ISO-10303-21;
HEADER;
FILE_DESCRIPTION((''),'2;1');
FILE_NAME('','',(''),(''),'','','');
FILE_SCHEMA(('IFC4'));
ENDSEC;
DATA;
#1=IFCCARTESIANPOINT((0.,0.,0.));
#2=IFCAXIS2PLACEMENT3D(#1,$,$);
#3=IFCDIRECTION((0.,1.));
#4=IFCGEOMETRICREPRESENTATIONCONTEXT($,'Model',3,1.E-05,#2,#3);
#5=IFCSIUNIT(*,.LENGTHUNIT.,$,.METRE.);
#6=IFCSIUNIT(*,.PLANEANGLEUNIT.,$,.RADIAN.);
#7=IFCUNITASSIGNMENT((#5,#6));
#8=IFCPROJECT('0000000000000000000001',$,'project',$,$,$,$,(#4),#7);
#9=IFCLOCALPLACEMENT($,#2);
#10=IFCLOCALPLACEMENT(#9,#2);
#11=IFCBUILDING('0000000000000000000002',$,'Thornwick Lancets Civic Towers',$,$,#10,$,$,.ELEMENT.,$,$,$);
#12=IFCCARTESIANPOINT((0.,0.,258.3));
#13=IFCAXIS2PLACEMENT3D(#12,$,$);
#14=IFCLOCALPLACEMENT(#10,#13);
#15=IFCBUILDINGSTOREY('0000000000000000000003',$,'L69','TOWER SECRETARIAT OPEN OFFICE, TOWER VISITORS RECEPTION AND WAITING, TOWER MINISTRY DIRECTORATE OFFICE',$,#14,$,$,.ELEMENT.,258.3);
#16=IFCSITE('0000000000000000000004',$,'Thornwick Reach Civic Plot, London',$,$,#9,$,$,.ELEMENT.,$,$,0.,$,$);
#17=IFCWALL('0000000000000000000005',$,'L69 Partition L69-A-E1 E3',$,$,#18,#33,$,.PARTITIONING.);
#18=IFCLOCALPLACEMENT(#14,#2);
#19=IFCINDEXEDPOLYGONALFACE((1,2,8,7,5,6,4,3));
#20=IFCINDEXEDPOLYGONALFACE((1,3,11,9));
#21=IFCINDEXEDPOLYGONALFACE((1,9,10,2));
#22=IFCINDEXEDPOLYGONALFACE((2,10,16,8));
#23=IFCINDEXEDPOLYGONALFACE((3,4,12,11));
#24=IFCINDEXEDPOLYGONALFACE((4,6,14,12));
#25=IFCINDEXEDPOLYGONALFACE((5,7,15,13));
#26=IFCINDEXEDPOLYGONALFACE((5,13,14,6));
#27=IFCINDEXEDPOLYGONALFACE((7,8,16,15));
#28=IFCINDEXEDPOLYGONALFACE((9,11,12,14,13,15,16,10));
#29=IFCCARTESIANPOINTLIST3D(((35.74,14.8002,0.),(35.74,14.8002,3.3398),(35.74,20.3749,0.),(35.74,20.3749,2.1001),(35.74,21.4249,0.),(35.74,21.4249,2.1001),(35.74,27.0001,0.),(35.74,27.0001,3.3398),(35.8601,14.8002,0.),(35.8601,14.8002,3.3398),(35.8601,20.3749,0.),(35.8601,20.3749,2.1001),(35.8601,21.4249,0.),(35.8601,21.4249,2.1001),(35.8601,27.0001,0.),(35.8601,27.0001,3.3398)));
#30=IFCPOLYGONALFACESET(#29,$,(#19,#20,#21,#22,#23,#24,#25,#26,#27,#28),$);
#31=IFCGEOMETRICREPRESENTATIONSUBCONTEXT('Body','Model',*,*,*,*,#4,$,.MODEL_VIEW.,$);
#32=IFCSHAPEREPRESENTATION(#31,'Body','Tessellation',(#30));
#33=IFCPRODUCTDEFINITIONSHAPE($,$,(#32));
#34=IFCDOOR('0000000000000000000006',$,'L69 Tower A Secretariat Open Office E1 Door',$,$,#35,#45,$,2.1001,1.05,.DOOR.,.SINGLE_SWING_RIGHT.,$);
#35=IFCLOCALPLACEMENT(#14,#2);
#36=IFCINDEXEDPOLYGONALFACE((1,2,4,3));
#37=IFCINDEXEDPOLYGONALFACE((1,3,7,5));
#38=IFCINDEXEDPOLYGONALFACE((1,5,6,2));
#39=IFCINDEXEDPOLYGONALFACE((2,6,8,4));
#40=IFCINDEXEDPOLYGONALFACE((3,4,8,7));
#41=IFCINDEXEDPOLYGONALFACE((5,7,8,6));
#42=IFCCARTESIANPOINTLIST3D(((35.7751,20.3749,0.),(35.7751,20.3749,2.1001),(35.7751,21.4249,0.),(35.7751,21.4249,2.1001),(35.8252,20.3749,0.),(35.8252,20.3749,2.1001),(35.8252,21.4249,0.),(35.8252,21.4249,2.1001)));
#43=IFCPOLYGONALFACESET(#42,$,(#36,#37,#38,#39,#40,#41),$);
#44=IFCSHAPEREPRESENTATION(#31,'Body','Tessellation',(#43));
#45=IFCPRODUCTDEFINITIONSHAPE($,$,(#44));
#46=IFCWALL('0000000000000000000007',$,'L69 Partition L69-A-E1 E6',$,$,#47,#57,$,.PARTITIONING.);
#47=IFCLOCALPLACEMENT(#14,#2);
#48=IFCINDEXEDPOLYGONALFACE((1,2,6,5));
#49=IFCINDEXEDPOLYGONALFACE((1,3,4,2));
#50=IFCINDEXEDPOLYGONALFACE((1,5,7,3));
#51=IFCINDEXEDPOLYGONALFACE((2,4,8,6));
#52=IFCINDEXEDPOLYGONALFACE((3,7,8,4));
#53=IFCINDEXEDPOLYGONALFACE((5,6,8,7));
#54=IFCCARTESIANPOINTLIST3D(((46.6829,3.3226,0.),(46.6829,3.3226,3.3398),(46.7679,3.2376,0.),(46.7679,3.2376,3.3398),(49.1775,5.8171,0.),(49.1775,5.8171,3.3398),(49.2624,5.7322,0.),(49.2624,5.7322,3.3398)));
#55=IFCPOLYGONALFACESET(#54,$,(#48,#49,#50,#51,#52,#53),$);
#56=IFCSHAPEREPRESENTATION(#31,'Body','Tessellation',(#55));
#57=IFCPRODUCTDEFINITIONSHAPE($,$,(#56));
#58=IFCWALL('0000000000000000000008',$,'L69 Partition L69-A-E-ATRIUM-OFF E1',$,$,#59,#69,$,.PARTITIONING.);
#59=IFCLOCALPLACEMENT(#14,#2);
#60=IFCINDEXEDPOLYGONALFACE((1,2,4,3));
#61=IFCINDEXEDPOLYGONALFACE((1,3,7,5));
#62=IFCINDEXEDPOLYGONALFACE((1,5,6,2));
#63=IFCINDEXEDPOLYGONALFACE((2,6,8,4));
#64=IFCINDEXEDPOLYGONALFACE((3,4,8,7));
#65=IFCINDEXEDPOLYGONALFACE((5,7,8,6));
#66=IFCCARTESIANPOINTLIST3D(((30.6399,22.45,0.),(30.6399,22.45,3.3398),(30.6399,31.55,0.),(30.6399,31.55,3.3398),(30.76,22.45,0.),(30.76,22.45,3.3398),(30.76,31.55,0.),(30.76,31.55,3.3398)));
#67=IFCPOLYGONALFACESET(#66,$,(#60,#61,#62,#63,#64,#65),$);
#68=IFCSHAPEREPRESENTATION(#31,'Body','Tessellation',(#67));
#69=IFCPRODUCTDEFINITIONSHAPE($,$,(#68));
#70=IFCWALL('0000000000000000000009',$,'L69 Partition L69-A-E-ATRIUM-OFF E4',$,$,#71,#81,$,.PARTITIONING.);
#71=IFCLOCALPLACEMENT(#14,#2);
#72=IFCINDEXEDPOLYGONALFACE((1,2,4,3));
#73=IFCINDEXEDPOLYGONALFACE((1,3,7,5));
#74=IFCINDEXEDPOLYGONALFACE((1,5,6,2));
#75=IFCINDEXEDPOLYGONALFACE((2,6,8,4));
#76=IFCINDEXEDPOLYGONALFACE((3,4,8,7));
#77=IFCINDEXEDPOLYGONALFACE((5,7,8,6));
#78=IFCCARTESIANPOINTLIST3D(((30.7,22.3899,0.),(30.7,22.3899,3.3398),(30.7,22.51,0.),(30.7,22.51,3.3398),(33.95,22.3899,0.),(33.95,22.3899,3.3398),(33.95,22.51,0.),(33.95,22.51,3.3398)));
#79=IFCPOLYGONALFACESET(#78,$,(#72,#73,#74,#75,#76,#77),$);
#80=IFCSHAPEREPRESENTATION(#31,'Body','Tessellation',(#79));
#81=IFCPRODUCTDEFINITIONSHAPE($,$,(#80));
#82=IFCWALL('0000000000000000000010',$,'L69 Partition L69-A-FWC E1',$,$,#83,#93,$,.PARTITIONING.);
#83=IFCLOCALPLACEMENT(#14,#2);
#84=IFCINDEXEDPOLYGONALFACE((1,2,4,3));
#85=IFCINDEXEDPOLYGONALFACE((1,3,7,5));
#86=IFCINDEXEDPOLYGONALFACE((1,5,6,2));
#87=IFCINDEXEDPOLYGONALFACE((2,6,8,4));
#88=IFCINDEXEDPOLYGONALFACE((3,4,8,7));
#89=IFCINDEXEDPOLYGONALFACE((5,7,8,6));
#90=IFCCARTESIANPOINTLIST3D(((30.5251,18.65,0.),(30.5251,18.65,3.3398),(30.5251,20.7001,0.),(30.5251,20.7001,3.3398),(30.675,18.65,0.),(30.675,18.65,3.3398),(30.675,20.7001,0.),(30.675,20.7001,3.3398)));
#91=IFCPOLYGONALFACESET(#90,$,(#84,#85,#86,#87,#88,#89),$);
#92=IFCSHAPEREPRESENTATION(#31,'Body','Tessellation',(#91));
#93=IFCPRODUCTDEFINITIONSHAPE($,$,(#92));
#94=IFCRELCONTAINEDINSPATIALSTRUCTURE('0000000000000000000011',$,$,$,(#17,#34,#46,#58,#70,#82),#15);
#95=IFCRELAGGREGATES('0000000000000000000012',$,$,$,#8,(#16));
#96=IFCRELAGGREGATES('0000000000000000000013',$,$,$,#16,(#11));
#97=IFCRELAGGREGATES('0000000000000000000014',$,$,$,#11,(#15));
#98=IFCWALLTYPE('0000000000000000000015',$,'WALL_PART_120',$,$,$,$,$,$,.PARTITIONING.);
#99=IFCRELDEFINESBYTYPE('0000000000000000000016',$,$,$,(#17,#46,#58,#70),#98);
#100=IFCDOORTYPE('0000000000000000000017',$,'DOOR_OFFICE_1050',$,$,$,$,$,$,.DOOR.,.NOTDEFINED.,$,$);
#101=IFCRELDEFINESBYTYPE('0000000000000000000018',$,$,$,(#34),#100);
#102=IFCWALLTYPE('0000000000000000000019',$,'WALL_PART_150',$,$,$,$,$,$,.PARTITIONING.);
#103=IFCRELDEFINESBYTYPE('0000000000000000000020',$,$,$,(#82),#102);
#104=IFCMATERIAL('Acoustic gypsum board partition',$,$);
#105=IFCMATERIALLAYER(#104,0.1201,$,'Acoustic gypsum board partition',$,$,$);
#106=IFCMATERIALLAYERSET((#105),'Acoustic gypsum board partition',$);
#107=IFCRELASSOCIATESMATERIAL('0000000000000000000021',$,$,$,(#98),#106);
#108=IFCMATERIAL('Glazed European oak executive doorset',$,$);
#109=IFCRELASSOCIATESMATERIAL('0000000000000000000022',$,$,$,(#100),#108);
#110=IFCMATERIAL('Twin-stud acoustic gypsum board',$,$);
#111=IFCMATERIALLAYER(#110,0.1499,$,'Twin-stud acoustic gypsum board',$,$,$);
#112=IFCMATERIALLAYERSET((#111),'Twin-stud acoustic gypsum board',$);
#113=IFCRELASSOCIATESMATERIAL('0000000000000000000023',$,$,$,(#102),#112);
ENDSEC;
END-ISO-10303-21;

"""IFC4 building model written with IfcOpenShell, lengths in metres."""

from ifc_helpers import new_model, si_unit, direction, frame, frame_2d, origin, place, context, subcontext, project, spatial, rectangle, extrude, material, layer, layer_set, type_object, element, fill, save


model = new_model("IFC4")

# Units and contexts
model_context = context("Model", 3, precision=1e-05, world=origin(), true_north=direction((0.0, 1.0)))
body_context = subcontext(model_context, "Body", "Model", "MODEL_VIEW")
ifc_project = project(units=[si_unit("LENGTHUNIT", "METRE"), si_unit("PLANEANGLEUNIT", "RADIAN")], contexts=[model_context])

# Site, building, storey
site_placement = place(None, origin())
site = spatial("IfcSite", under=ifc_project, at=site_placement, Name="Thornwick Reach Civic Plot, London", CompositionType="ELEMENT", RefElevation=0.0)
building_placement = place(site_placement, origin())
building = spatial("IfcBuilding", under=site, at=building_placement, Name="Thornwick Lancets Civic Towers", CompositionType="ELEMENT")
storey_placement = place(building_placement, frame((0.0, 0.0, 258.3)))
storey = spatial("IfcBuildingStorey", under=building, at=storey_placement, Name="L69", Description="TOWER SECRETARIAT OPEN OFFICE, TOWER VISITORS RECEPTION AND WAITING, TOWER MINISTRY DIRECTORATE OFFICE", CompositionType="ELEMENT", Elevation=258.3)

# Shared definitions
ifc_material_1 = material(Name="Acoustic gypsum board partition")
ifc_layer_1 = layer(ifc_material_1, 0.1201, Name="Acoustic gypsum board partition")
ifc_layer_set_1 = layer_set([ifc_layer_1], Name="Acoustic gypsum board partition")
wall_type_1 = type_object("IfcWallType", Name="WALL_PART_120", PredefinedType="PARTITIONING", material=ifc_layer_set_1)

# Wall, opening, door
wall_1_placement = place(storey_placement, frame((35.8, 14.8, 0.0), z_axis=(0.0, 0.0, 1.0), x_axis=(0.0, 1.0, 0.0)))
wall_1 = element("IfcWall", 1, at=wall_1_placement, inside=storey, type_object=wall_type_1, Name="L69 Partition L69-A-E1 E3", PredefinedType="PARTITIONING", context=body_context, shape_type="SweptSolid", body=[
    extrude(rectangle(XDim=12.2, YDim=0.1201, at=frame_2d((6.1001, 0.0))), origin(), (0.0, 0.0, 1.0), 3.3398),
])
opening_1_placement = place(wall_1_placement, frame((5.575, 0.0, 0.0)))
opening_1 = element("IfcOpeningElement", 2, at=opening_1_placement, cuts=wall_1, PredefinedType="OPENING", context=body_context, shape_type="SweptSolid", body=[
    extrude(rectangle(XDim=1.05, YDim=2.1001, at=frame_2d((0.5249, 1.05))), frame((0.0, 0.0701, 0.0), z_axis=(0.0, -1.0, 0.0), x_axis=(1.0, 0.0, 0.0)), (0.0, 0.0, 1.0), 0.1401),
])
ifc_material_2 = material(Name="Glazed European oak executive doorset")
door_type_1 = type_object("IfcDoorType", Name="DOOR_OFFICE_1050", OperationType="NOTDEFINED", PredefinedType="DOOR", material=ifc_material_2)
door_1_placement = place(opening_1_placement, origin())
door_1 = element("IfcDoor", 3, at=door_1_placement, inside=storey, type_object=door_type_1, Name="L69 Tower A Secretariat Open Office E1 Door", OperationType="SINGLE_SWING_RIGHT", OverallHeight=2.1001, OverallWidth=1.05, PredefinedType="DOOR", context=body_context, shape_type="SweptSolid", body=[
    extrude(rectangle(XDim=1.05, YDim=2.1001, at=frame_2d((0.5249, 1.05))), frame((0.0, 0.0249, 0.0), z_axis=(0.0, -1.0, 0.0), x_axis=(1.0, 0.0, 0.0)), (0.0, 0.0, 1.0), 0.05),
])
fill(opening_1, door_1)

# Walls
wall_2_placement = place(storey_placement, frame((49.22, 5.7747, 0.0), z_axis=(0.0, 0.0, 1.0), x_axis=(-0.707107, -0.707107, 0.0)))
element("IfcWall", 4, at=wall_2_placement, inside=storey, type_object=wall_type_1, Name="L69 Partition L69-A-E1 E6", PredefinedType="PARTITIONING", context=body_context, shape_type="SweptSolid", body=[
    extrude(rectangle(XDim=3.5278, YDim=0.1201, at=frame_2d((1.7639, 0.0))), origin(), (0.0, 0.0, 1.0), 3.3398),
])
wall_3_placement = place(storey_placement, frame((30.7, 22.45, 0.0), z_axis=(0.0, 0.0, 1.0), x_axis=(0.0, 1.0, 0.0)))
element("IfcWall", 5, at=wall_3_placement, inside=storey, type_object=wall_type_1, Name="L69 Partition L69-A-E-ATRIUM-OFF E1", PredefinedType="PARTITIONING", context=body_context, shape_type="SweptSolid", body=[
    extrude(rectangle(XDim=9.1001, YDim=0.1201, at=frame_2d((4.55, 0.0))), origin(), (0.0, 0.0, 1.0), 3.3398),
])
wall_4_placement = place(storey_placement, frame((33.95, 22.45, 0.0), z_axis=(0.0, 0.0, 1.0), x_axis=(-1.0, 0.0, 0.0)))
element("IfcWall", 6, at=wall_4_placement, inside=storey, type_object=wall_type_1, Name="L69 Partition L69-A-E-ATRIUM-OFF E4", PredefinedType="PARTITIONING", context=body_context, shape_type="SweptSolid", body=[
    extrude(rectangle(XDim=3.25, YDim=0.1201, at=frame_2d((1.625, 0.0))), origin(), (0.0, 0.0, 1.0), 3.3398),
])
ifc_material_3 = material(Name="Twin-stud acoustic gypsum board")
ifc_layer_2 = layer(ifc_material_3, 0.1499, Name="Twin-stud acoustic gypsum board")
ifc_layer_set_2 = layer_set([ifc_layer_2], Name="Twin-stud acoustic gypsum board")
wall_type_2 = type_object("IfcWallType", Name="WALL_PART_150", PredefinedType="PARTITIONING", material=ifc_layer_set_2)
wall_5_placement = place(storey_placement, frame((30.6001, 20.7, 0.0), z_axis=(0.0, 0.0, 1.0), x_axis=(0.0, -1.0, 0.0)))
element("IfcWall", 7, at=wall_5_placement, inside=storey, type_object=wall_type_2, Name="L69 Partition L69-A-FWC E1", PredefinedType="PARTITIONING", context=body_context, shape_type="SweptSolid", body=[
    extrude(rectangle(XDim=2.05, YDim=0.1499, at=frame_2d((1.0249, 0.0))), origin(), (0.0, 0.0, 1.0), 3.3398),
])

save(model, "model.ifc")
